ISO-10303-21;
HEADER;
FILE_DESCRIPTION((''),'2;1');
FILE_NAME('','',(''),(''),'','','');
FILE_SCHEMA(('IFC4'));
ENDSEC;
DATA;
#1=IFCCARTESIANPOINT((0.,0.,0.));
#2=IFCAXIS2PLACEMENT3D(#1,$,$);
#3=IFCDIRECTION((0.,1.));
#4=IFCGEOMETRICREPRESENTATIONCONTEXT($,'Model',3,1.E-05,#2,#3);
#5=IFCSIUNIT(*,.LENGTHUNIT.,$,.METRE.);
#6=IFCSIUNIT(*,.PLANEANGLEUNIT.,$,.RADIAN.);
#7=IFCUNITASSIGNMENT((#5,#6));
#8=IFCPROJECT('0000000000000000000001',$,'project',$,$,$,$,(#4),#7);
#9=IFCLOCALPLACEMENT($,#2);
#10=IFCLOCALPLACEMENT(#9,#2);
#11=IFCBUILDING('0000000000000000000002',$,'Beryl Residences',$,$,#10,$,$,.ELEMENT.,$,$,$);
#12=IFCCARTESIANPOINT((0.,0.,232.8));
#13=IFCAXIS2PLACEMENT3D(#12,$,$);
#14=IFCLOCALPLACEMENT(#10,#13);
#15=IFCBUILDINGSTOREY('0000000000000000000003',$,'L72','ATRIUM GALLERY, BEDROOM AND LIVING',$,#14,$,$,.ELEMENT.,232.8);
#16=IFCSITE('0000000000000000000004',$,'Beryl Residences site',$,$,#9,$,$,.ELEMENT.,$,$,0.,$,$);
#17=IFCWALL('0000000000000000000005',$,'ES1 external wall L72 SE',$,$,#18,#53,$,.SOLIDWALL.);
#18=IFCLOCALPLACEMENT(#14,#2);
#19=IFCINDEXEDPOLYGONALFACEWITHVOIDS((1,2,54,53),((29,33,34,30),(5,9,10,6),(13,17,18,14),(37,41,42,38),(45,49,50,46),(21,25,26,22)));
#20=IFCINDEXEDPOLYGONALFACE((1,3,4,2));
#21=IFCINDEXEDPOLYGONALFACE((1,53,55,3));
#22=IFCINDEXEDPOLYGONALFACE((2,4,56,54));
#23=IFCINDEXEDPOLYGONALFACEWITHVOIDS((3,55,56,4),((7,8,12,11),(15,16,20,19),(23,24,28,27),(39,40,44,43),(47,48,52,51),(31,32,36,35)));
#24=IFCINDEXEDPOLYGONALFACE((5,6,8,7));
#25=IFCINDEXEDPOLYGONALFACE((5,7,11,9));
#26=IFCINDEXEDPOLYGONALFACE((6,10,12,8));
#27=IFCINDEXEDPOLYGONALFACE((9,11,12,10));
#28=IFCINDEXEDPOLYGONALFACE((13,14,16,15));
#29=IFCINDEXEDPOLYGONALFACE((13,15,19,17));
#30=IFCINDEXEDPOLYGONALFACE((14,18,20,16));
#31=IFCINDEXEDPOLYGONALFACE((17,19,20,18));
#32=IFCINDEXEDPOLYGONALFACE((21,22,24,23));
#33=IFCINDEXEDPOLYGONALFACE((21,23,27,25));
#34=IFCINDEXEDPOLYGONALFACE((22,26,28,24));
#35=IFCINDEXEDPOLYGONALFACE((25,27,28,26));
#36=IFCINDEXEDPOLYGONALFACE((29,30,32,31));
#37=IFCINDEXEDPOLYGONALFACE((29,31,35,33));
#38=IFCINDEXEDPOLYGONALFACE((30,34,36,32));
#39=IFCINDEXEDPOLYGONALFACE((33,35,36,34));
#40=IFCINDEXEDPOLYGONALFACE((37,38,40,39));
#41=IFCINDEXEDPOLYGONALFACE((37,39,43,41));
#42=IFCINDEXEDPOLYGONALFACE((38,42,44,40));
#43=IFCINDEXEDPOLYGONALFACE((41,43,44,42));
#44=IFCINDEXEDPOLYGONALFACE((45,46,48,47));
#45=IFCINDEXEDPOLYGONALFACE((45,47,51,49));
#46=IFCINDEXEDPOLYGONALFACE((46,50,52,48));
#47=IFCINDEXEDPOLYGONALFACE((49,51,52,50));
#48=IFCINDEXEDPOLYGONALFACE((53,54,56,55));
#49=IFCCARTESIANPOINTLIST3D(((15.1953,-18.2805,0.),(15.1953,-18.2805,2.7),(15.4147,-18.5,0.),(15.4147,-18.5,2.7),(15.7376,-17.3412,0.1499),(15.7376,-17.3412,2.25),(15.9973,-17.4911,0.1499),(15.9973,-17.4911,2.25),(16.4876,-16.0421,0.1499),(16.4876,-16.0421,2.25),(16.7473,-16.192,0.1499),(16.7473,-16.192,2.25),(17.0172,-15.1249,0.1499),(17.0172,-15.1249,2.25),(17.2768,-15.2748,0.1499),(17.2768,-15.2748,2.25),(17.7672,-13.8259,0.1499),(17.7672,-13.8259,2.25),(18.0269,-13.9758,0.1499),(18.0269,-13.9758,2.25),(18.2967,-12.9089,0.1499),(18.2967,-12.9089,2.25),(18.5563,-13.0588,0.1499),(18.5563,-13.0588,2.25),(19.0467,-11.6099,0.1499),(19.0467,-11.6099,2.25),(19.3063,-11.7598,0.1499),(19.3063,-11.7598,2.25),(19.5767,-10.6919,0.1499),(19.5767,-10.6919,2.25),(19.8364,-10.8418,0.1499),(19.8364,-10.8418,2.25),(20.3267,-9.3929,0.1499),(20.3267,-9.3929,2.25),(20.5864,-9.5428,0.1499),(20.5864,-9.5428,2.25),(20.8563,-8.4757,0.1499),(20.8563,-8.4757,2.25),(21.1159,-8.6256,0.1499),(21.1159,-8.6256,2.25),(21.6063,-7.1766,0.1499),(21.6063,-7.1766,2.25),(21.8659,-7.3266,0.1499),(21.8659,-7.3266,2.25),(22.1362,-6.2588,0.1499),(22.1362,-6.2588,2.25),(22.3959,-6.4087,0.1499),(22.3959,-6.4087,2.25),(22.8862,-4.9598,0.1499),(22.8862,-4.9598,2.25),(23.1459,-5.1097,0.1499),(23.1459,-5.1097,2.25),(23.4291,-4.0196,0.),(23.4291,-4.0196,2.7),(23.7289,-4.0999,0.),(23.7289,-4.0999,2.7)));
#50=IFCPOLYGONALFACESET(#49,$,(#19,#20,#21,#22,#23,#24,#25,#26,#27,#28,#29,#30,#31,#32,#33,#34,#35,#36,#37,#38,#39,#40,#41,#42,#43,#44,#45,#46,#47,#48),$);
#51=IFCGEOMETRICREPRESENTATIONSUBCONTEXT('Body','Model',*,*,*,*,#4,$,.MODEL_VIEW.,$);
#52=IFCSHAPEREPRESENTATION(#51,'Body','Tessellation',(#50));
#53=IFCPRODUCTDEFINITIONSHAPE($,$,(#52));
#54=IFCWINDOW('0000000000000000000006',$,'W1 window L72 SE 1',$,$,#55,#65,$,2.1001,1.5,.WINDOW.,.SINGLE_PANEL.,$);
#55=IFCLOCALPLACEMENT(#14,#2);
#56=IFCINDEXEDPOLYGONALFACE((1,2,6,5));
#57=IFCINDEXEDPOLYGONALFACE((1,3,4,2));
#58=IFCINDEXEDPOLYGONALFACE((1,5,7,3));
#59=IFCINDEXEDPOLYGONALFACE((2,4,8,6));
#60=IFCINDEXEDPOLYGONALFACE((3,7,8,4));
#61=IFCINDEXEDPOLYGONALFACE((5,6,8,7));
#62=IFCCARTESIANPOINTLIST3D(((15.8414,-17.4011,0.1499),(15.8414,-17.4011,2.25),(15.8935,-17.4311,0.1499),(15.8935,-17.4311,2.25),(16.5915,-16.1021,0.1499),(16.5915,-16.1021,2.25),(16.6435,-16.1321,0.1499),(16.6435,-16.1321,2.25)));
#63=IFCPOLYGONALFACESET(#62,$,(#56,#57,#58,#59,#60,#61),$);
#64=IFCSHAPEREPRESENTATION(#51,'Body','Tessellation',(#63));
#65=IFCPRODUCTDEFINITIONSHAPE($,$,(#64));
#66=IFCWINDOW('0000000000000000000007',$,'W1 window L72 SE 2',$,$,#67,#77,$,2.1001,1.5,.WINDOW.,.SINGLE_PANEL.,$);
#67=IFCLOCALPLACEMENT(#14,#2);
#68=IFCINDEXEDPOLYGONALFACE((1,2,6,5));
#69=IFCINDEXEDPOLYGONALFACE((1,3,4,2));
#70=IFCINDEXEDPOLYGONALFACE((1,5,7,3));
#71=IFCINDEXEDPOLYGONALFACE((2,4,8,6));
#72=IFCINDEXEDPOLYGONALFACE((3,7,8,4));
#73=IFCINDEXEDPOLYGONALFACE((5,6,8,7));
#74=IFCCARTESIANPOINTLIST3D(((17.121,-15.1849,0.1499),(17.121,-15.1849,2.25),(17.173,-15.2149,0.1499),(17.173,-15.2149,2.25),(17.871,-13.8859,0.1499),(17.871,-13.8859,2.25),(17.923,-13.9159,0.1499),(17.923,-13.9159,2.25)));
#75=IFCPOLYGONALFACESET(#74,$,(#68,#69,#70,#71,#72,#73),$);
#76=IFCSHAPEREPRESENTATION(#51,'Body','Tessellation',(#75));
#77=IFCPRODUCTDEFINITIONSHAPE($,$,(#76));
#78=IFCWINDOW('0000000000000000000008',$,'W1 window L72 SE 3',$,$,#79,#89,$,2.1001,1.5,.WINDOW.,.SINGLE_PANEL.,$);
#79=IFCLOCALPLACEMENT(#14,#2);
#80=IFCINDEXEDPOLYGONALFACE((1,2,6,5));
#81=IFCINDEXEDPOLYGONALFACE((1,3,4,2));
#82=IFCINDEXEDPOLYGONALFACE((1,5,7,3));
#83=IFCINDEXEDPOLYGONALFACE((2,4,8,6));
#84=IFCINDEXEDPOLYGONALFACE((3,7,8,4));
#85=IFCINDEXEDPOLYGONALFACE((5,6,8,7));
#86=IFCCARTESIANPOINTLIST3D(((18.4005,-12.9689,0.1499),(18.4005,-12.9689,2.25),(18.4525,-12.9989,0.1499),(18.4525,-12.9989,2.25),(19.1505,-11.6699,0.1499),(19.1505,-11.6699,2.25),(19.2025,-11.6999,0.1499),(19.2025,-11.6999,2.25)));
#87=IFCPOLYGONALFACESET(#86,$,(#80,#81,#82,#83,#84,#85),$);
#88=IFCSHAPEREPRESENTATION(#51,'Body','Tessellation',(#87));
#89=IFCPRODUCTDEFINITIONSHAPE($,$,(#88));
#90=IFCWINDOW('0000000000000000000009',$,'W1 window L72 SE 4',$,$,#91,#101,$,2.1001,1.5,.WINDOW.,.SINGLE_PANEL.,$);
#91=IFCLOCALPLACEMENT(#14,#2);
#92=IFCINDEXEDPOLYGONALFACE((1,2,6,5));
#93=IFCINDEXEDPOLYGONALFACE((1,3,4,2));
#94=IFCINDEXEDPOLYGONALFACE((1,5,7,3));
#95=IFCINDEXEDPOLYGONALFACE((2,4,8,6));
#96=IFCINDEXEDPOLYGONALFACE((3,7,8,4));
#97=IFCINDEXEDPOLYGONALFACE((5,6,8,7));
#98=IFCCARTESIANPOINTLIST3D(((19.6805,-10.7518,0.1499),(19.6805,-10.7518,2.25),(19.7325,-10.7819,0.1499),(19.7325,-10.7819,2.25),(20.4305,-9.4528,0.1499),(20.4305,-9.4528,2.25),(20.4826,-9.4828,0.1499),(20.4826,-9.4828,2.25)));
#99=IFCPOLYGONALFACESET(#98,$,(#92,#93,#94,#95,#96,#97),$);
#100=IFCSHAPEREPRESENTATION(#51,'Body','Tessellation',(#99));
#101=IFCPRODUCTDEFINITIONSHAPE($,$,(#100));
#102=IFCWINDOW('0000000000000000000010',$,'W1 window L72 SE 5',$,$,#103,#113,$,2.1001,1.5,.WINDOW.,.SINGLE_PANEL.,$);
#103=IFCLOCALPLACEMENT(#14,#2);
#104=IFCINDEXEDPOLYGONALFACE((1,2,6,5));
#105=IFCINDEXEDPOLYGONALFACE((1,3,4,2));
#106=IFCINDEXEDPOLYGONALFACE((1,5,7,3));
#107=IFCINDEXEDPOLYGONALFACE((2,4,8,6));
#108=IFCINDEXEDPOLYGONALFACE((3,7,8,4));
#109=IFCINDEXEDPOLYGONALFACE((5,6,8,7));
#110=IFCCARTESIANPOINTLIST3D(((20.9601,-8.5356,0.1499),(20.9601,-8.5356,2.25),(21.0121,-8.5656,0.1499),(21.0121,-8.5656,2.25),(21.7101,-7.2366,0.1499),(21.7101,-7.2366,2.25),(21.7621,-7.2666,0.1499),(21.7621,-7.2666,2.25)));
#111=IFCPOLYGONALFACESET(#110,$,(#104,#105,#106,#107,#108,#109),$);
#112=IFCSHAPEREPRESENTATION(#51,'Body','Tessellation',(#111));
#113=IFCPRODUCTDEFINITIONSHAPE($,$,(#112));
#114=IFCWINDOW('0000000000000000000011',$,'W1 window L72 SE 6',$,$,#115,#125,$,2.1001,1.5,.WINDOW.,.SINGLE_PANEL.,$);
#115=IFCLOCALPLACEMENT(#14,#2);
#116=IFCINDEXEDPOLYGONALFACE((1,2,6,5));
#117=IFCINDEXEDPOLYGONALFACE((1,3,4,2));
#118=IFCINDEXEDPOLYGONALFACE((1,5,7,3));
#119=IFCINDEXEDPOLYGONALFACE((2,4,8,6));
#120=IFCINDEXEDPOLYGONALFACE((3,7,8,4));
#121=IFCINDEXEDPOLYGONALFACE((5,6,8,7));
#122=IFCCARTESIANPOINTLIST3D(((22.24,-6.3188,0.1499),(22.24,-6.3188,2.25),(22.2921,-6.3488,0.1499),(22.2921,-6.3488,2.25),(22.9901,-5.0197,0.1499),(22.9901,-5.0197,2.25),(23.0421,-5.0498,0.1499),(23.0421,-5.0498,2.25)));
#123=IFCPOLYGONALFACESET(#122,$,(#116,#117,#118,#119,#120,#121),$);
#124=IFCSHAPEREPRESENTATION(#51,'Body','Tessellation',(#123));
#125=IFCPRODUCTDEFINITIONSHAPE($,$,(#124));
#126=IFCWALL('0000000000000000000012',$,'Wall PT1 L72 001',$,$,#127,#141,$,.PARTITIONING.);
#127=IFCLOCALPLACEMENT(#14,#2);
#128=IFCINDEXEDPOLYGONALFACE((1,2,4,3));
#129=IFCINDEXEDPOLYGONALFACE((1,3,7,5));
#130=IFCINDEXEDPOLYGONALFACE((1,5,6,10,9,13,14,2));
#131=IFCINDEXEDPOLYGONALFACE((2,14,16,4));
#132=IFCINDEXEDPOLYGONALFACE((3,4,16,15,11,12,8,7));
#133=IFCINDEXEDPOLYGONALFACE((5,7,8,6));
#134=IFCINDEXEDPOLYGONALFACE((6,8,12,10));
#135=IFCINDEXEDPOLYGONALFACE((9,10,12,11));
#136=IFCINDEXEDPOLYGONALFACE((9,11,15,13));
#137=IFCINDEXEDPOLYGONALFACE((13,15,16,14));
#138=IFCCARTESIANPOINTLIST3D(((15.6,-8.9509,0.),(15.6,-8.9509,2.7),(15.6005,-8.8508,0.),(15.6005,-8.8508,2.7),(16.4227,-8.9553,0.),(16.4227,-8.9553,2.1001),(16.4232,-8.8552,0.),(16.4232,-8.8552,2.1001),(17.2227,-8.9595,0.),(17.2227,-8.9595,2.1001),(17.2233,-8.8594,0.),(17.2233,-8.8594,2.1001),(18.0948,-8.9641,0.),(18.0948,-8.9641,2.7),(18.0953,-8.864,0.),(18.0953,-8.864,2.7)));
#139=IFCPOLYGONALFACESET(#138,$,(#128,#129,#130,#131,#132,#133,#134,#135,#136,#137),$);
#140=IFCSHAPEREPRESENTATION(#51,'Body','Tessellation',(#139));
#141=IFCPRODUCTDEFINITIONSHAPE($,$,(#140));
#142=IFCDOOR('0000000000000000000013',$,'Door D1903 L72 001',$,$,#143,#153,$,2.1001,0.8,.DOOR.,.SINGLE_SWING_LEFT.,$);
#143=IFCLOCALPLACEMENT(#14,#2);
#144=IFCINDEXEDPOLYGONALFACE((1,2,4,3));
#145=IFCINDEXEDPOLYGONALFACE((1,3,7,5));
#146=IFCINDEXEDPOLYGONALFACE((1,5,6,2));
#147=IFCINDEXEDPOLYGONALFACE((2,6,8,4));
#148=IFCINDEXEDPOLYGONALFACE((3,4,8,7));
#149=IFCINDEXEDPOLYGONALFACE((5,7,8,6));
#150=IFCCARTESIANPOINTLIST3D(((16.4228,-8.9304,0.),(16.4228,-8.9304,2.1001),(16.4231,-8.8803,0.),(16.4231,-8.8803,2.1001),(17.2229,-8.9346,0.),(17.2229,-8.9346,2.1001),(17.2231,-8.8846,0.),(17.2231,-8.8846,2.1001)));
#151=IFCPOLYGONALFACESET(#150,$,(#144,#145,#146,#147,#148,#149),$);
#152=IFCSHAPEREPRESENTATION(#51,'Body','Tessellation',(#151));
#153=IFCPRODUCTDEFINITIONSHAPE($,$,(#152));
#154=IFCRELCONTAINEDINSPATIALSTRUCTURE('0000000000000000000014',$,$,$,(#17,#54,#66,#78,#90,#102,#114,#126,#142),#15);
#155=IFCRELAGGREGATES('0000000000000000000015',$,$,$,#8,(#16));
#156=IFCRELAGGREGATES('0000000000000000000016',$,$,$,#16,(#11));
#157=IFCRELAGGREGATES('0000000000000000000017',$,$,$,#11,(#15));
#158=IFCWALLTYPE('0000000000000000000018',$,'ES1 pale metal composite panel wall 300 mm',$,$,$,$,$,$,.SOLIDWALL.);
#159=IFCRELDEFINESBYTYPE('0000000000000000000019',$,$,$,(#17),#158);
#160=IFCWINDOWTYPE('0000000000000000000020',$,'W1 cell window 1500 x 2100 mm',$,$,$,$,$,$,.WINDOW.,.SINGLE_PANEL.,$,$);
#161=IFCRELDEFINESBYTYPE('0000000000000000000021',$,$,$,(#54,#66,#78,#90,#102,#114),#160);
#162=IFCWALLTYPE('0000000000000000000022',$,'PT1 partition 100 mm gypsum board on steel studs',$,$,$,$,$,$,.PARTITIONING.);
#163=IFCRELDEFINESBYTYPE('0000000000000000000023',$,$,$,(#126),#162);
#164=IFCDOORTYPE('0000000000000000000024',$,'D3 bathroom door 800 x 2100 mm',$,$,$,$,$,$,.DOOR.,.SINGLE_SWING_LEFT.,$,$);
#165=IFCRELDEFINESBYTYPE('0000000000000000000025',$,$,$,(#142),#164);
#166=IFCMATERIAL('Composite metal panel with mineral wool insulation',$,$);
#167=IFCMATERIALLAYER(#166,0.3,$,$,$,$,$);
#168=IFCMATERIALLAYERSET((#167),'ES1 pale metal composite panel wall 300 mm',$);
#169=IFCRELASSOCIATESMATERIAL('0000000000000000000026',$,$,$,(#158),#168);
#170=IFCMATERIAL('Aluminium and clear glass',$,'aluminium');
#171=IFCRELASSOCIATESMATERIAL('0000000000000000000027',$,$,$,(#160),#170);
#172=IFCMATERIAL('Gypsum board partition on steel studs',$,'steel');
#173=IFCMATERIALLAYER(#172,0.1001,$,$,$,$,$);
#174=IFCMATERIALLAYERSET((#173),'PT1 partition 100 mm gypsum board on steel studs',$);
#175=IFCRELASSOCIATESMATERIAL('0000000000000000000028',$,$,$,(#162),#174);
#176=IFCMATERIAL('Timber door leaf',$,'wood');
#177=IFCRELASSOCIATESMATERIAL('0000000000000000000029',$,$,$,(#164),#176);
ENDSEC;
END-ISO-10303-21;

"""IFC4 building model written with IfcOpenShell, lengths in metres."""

from ifc_helpers import new_model, si_unit, direction, frame, frame_2d, origin, place, context, subcontext, project, spatial, polyline, rectangle, outline, extrude, material, layer, layer_set, type_object, element, fill, save


model = new_model("IFC4")

# Units and contexts
model_context = context("Model", 3, precision=1e-05, world=origin(), true_north=direction((0.0, 1.0)))
body_context = subcontext(model_context, "Body", "Model", "MODEL_VIEW")
ifc_project = project(units=[si_unit("LENGTHUNIT", "METRE"), si_unit("PLANEANGLEUNIT", "RADIAN")], contexts=[model_context])

# Site, building, storey
site_placement = place(None, origin())
site = spatial("IfcSite", under=ifc_project, at=site_placement, Name="Beryl Residences site", CompositionType="ELEMENT", RefElevation=0.0)
building_placement = place(site_placement, origin())
building = spatial("IfcBuilding", under=site, at=building_placement, Name="Beryl Residences", CompositionType="ELEMENT")
storey_placement = place(building_placement, frame((0.0, 0.0, 232.8)))
storey = spatial("IfcBuildingStorey", under=building, at=storey_placement, Name="L72", Description="ATRIUM GALLERY, BEDROOM AND LIVING", CompositionType="ELEMENT", Elevation=232.8)

# Wall, openings, windows
ifc_material_1 = material(Name="Composite metal panel with mineral wool insulation")
ifc_layer_1 = layer(ifc_material_1, 0.3)
ifc_layer_set_1 = layer_set([ifc_layer_1], Name="ES1 pale metal composite panel wall 300 mm")
wall_type_1 = type_object("IfcWallType", Name="ES1 pale metal composite panel wall 300 mm", PredefinedType="SOLIDWALL", material=ifc_layer_set_1)
wall_1_placement = place(storey_placement, frame((15.2849, -18.425, 0.0), z_axis=(0.0, 0.0, 1.0), x_axis=(0.500013, 0.866018, 0.0)))
wall_1 = element("IfcWall", 1, at=wall_1_placement, inside=storey, type_object=wall_type_1, Name="ES1 external wall L72 SE", PredefinedType="SOLIDWALL", context=body_context, shape_type="SweptSolid", body=[
    extrude(outline(polyline([(0.0, -0.1499), (16.6279, -0.1499), (16.5476, 0.1499), (0.0803, 0.1499), (0.0, -0.1499)])), origin(), (0.0, 0.0, 1.0), 2.7),
])
opening_1_placement = place(wall_1_placement, frame((1.165, 0.0, 0.1499)))
opening_1 = element("IfcOpeningElement", 2, at=opening_1_placement, cuts=wall_1, PredefinedType="OPENING", context=body_context, shape_type="SweptSolid", body=[
    extrude(rectangle(XDim=1.5, YDim=2.1001, at=frame_2d((0.75, 1.05))), frame((0.0, 0.1599, 0.0), z_axis=(0.0, -1.0, 0.0), x_axis=(1.0, 0.0, 0.0)), (0.0, 0.0, 1.0), 0.3201),
])
opening_2_placement = place(wall_1_placement, frame((3.7241, 0.0, 0.1499)))
opening_2 = element("IfcOpeningElement", 3, at=opening_2_placement, cuts=wall_1, PredefinedType="OPENING", context=body_context, shape_type="SweptSolid", body=[
    extrude(rectangle(XDim=1.5, YDim=2.1001, at=frame_2d((0.75, 1.05))), frame((0.0, 0.1599, 0.0), z_axis=(0.0, -1.0, 0.0), x_axis=(1.0, 0.0, 0.0)), (0.0, 0.0, 1.0), 0.3201),
])
opening_3_placement = place(wall_1_placement, frame((6.283, 0.0, 0.1499)))
opening_3 = element("IfcOpeningElement", 4, at=opening_3_placement, cuts=wall_1, PredefinedType="OPENING", context=body_context, shape_type="SweptSolid", body=[
    extrude(rectangle(XDim=1.5, YDim=2.1001, at=frame_2d((0.75, 1.05))), frame((0.0, 0.1599, 0.0), z_axis=(0.0, -1.0, 0.0), x_axis=(1.0, 0.0, 0.0)), (0.0, 0.0, 1.0), 0.3201),
])
opening_4_placement = place(wall_1_placement, frame((8.843, 0.0, 0.1499)))
opening_4 = element("IfcOpeningElement", 5, at=opening_4_placement, cuts=wall_1, PredefinedType="OPENING", context=body_context, shape_type="SweptSolid", body=[
    extrude(rectangle(XDim=1.5, YDim=2.1001, at=frame_2d((0.75, 1.05))), frame((0.0, 0.1599, 0.0), z_axis=(0.0, -1.0, 0.0), x_axis=(1.0, 0.0, 0.0)), (0.0, 0.0, 1.0), 0.3201),
])
opening_5_placement = place(wall_1_placement, frame((11.4021, 0.0, 0.1499)))
opening_5 = element("IfcOpeningElement", 6, at=opening_5_placement, cuts=wall_1, PredefinedType="OPENING", context=body_context, shape_type="SweptSolid", body=[
    extrude(rectangle(XDim=1.5, YDim=2.1001, at=frame_2d((0.75, 1.05))), frame((0.0, 0.1599, 0.0), z_axis=(0.0, -1.0, 0.0), x_axis=(1.0, 0.0, 0.0)), (0.0, 0.0, 1.0), 0.3201),
])
opening_6_placement = place(wall_1_placement, frame((13.9619, 0.0, 0.1499)))
opening_6 = element("IfcOpeningElement", 7, at=opening_6_placement, cuts=wall_1, PredefinedType="OPENING", context=body_context, shape_type="SweptSolid", body=[
    extrude(rectangle(XDim=1.5, YDim=2.1001, at=frame_2d((0.75, 1.05))), frame((0.0, 0.1599, 0.0), z_axis=(0.0, -1.0, 0.0), x_axis=(1.0, 0.0, 0.0)), (0.0, 0.0, 1.0), 0.3201),
])
ifc_material_2 = material(Name="Aluminium and clear glass", Category="aluminium")
window_type = type_object("IfcWindowType", Name="W1 cell window 1500 x 2100 mm", PartitioningType="SINGLE_PANEL", PredefinedType="WINDOW", material=ifc_material_2)
window_1_placement = place(opening_1_placement, origin())
window_1 = element("IfcWindow", 8, at=window_1_placement, inside=storey, type_object=window_type, Name="W1 window L72 SE 1", OverallHeight=2.1001, OverallWidth=1.5, PartitioningType="SINGLE_PANEL", PredefinedType="WINDOW", context=body_context, shape_type="SweptSolid", body=[
    extrude(rectangle(XDim=1.5, YDim=2.1001, at=frame_2d((0.75, 1.05))), frame((0.0, 0.03, 0.0), z_axis=(0.0, -1.0, 0.0), x_axis=(1.0, 0.0, 0.0)), (0.0, 0.0, 1.0), 0.0601),
])
fill(opening_1, window_1)
window_2_placement = place(opening_2_placement, origin())
window_2 = element("IfcWindow", 9, at=window_2_placement, inside=storey, type_object=window_type, Name="W1 window L72 SE 2", OverallHeight=2.1001, OverallWidth=1.5, PartitioningType="SINGLE_PANEL", PredefinedType="WINDOW", context=body_context, shape_type="SweptSolid", body=[
    extrude(rectangle(XDim=1.5, YDim=2.1001, at=frame_2d((0.75, 1.05))), frame((0.0, 0.03, 0.0), z_axis=(0.0, -1.0, 0.0), x_axis=(1.0, 0.0, 0.0)), (0.0, 0.0, 1.0), 0.0601),
])
fill(opening_2, window_2)
window_3_placement = place(opening_3_placement, origin())
window_3 = element("IfcWindow", 10, at=window_3_placement, inside=storey, type_object=window_type, Name="W1 window L72 SE 3", OverallHeight=2.1001, OverallWidth=1.5, PartitioningType="SINGLE_PANEL", PredefinedType="WINDOW", context=body_context, shape_type="SweptSolid", body=[
    extrude(rectangle(XDim=1.5, YDim=2.1001, at=frame_2d((0.75, 1.05))), frame((0.0, 0.03, 0.0), z_axis=(0.0, -1.0, 0.0), x_axis=(1.0, 0.0, 0.0)), (0.0, 0.0, 1.0), 0.0601),
])
fill(opening_3, window_3)
window_4_placement = place(opening_4_placement, origin())
window_4 = element("IfcWindow", 11, at=window_4_placement, inside=storey, type_object=window_type, Name="W1 window L72 SE 4", OverallHeight=2.1001, OverallWidth=1.5, PartitioningType="SINGLE_PANEL", PredefinedType="WINDOW", context=body_context, shape_type="SweptSolid", body=[
    extrude(rectangle(XDim=1.5, YDim=2.1001, at=frame_2d((0.75, 1.05))), frame((0.0, 0.03, 0.0), z_axis=(0.0, -1.0, 0.0), x_axis=(1.0, 0.0, 0.0)), (0.0, 0.0, 1.0), 0.0601),
])
fill(opening_4, window_4)
window_5_placement = place(opening_5_placement, origin())
window_5 = element("IfcWindow", 12, at=window_5_placement, inside=storey, type_object=window_type, Name="W1 window L72 SE 5", OverallHeight=2.1001, OverallWidth=1.5, PartitioningType="SINGLE_PANEL", PredefinedType="WINDOW", context=body_context, shape_type="SweptSolid", body=[
    extrude(rectangle(XDim=1.5, YDim=2.1001, at=frame_2d((0.75, 1.05))), frame((0.0, 0.03, 0.0), z_axis=(0.0, -1.0, 0.0), x_axis=(1.0, 0.0, 0.0)), (0.0, 0.0, 1.0), 0.0601),
])
fill(opening_5, window_5)
window_6_placement = place(opening_6_placement, origin())
window_6 = element("IfcWindow", 13, at=window_6_placement, inside=storey, type_object=window_type, Name="W1 window L72 SE 6", OverallHeight=2.1001, OverallWidth=1.5, PartitioningType="SINGLE_PANEL", PredefinedType="WINDOW", context=body_context, shape_type="SweptSolid", body=[
    extrude(rectangle(XDim=1.5, YDim=2.1001, at=frame_2d((0.75, 1.05))), frame((0.0, 0.03, 0.0), z_axis=(0.0, -1.0, 0.0), x_axis=(1.0, 0.0, 0.0)), (0.0, 0.0, 1.0), 0.0601),
])
fill(opening_6, window_6)

# Wall, opening, door
ifc_material_3 = material(Name="Gypsum board partition on steel studs", Category="steel")
ifc_layer_2 = layer(ifc_material_3, 0.1001)
ifc_layer_set_2 = layer_set([ifc_layer_2], Name="PT1 partition 100 mm gypsum board on steel studs")
wall_type_2 = type_object("IfcWallType", Name="PT1 partition 100 mm gypsum board on steel studs", PredefinedType="PARTITIONING", material=ifc_layer_set_2)
wall_2_placement = place(storey_placement, frame((15.6001, -8.9009, 0.0), z_axis=(0.0, 0.0, 1.0), x_axis=(0.999986, -0.005284, 0.0)))
wall_2 = element("IfcWall", 14, at=wall_2_placement, inside=storey, type_object=wall_type_2, Name="Wall PT1 L72 001", PredefinedType="PARTITIONING", context=body_context, shape_type="SweptSolid", body=[
    extrude(rectangle(XDim=2.4949, YDim=0.1001, at=frame_2d((1.2476, 0.0))), origin(), (0.0, 0.0, 1.0), 2.7),
])
opening_7_placement = place(wall_2_placement, frame((0.823, 0.0, 0.0)))
opening_7 = element("IfcOpeningElement", 15, at=opening_7_placement, cuts=wall_2, PredefinedType="OPENING", context=body_context, shape_type="SweptSolid", body=[
    extrude(rectangle(XDim=0.8, YDim=2.1001, at=frame_2d((0.3999, 1.05))), frame((0.0, 0.0601, 0.0), z_axis=(0.0, -1.0, 0.0), x_axis=(1.0, 0.0, 0.0)), (0.0, 0.0, 1.0), 0.1201),
])
ifc_material_4 = material(Name="Timber door leaf", Category="wood")
door_type_1 = type_object("IfcDoorType", Name="D3 bathroom door 800 x 2100 mm", OperationType="SINGLE_SWING_LEFT", PredefinedType="DOOR", material=ifc_material_4)
door_1_placement = place(opening_7_placement, origin())
door_1 = element("IfcDoor", 16, at=door_1_placement, inside=storey, type_object=door_type_1, Name="Door D1903 L72 001", OperationType="SINGLE_SWING_LEFT", OverallHeight=2.1001, OverallWidth=0.8, PredefinedType="DOOR", context=body_context, shape_type="SweptSolid", body=[
    extrude(rectangle(XDim=0.8, YDim=2.1001, at=frame_2d((0.3999, 1.05))), frame((0.0, 0.0249, 0.0), z_axis=(0.0, -1.0, 0.0), x_axis=(1.0, 0.0, 0.0)), (0.0, 0.0, 1.0), 0.05),
])
fill(opening_7, door_1)

save(model, "model.ifc")
